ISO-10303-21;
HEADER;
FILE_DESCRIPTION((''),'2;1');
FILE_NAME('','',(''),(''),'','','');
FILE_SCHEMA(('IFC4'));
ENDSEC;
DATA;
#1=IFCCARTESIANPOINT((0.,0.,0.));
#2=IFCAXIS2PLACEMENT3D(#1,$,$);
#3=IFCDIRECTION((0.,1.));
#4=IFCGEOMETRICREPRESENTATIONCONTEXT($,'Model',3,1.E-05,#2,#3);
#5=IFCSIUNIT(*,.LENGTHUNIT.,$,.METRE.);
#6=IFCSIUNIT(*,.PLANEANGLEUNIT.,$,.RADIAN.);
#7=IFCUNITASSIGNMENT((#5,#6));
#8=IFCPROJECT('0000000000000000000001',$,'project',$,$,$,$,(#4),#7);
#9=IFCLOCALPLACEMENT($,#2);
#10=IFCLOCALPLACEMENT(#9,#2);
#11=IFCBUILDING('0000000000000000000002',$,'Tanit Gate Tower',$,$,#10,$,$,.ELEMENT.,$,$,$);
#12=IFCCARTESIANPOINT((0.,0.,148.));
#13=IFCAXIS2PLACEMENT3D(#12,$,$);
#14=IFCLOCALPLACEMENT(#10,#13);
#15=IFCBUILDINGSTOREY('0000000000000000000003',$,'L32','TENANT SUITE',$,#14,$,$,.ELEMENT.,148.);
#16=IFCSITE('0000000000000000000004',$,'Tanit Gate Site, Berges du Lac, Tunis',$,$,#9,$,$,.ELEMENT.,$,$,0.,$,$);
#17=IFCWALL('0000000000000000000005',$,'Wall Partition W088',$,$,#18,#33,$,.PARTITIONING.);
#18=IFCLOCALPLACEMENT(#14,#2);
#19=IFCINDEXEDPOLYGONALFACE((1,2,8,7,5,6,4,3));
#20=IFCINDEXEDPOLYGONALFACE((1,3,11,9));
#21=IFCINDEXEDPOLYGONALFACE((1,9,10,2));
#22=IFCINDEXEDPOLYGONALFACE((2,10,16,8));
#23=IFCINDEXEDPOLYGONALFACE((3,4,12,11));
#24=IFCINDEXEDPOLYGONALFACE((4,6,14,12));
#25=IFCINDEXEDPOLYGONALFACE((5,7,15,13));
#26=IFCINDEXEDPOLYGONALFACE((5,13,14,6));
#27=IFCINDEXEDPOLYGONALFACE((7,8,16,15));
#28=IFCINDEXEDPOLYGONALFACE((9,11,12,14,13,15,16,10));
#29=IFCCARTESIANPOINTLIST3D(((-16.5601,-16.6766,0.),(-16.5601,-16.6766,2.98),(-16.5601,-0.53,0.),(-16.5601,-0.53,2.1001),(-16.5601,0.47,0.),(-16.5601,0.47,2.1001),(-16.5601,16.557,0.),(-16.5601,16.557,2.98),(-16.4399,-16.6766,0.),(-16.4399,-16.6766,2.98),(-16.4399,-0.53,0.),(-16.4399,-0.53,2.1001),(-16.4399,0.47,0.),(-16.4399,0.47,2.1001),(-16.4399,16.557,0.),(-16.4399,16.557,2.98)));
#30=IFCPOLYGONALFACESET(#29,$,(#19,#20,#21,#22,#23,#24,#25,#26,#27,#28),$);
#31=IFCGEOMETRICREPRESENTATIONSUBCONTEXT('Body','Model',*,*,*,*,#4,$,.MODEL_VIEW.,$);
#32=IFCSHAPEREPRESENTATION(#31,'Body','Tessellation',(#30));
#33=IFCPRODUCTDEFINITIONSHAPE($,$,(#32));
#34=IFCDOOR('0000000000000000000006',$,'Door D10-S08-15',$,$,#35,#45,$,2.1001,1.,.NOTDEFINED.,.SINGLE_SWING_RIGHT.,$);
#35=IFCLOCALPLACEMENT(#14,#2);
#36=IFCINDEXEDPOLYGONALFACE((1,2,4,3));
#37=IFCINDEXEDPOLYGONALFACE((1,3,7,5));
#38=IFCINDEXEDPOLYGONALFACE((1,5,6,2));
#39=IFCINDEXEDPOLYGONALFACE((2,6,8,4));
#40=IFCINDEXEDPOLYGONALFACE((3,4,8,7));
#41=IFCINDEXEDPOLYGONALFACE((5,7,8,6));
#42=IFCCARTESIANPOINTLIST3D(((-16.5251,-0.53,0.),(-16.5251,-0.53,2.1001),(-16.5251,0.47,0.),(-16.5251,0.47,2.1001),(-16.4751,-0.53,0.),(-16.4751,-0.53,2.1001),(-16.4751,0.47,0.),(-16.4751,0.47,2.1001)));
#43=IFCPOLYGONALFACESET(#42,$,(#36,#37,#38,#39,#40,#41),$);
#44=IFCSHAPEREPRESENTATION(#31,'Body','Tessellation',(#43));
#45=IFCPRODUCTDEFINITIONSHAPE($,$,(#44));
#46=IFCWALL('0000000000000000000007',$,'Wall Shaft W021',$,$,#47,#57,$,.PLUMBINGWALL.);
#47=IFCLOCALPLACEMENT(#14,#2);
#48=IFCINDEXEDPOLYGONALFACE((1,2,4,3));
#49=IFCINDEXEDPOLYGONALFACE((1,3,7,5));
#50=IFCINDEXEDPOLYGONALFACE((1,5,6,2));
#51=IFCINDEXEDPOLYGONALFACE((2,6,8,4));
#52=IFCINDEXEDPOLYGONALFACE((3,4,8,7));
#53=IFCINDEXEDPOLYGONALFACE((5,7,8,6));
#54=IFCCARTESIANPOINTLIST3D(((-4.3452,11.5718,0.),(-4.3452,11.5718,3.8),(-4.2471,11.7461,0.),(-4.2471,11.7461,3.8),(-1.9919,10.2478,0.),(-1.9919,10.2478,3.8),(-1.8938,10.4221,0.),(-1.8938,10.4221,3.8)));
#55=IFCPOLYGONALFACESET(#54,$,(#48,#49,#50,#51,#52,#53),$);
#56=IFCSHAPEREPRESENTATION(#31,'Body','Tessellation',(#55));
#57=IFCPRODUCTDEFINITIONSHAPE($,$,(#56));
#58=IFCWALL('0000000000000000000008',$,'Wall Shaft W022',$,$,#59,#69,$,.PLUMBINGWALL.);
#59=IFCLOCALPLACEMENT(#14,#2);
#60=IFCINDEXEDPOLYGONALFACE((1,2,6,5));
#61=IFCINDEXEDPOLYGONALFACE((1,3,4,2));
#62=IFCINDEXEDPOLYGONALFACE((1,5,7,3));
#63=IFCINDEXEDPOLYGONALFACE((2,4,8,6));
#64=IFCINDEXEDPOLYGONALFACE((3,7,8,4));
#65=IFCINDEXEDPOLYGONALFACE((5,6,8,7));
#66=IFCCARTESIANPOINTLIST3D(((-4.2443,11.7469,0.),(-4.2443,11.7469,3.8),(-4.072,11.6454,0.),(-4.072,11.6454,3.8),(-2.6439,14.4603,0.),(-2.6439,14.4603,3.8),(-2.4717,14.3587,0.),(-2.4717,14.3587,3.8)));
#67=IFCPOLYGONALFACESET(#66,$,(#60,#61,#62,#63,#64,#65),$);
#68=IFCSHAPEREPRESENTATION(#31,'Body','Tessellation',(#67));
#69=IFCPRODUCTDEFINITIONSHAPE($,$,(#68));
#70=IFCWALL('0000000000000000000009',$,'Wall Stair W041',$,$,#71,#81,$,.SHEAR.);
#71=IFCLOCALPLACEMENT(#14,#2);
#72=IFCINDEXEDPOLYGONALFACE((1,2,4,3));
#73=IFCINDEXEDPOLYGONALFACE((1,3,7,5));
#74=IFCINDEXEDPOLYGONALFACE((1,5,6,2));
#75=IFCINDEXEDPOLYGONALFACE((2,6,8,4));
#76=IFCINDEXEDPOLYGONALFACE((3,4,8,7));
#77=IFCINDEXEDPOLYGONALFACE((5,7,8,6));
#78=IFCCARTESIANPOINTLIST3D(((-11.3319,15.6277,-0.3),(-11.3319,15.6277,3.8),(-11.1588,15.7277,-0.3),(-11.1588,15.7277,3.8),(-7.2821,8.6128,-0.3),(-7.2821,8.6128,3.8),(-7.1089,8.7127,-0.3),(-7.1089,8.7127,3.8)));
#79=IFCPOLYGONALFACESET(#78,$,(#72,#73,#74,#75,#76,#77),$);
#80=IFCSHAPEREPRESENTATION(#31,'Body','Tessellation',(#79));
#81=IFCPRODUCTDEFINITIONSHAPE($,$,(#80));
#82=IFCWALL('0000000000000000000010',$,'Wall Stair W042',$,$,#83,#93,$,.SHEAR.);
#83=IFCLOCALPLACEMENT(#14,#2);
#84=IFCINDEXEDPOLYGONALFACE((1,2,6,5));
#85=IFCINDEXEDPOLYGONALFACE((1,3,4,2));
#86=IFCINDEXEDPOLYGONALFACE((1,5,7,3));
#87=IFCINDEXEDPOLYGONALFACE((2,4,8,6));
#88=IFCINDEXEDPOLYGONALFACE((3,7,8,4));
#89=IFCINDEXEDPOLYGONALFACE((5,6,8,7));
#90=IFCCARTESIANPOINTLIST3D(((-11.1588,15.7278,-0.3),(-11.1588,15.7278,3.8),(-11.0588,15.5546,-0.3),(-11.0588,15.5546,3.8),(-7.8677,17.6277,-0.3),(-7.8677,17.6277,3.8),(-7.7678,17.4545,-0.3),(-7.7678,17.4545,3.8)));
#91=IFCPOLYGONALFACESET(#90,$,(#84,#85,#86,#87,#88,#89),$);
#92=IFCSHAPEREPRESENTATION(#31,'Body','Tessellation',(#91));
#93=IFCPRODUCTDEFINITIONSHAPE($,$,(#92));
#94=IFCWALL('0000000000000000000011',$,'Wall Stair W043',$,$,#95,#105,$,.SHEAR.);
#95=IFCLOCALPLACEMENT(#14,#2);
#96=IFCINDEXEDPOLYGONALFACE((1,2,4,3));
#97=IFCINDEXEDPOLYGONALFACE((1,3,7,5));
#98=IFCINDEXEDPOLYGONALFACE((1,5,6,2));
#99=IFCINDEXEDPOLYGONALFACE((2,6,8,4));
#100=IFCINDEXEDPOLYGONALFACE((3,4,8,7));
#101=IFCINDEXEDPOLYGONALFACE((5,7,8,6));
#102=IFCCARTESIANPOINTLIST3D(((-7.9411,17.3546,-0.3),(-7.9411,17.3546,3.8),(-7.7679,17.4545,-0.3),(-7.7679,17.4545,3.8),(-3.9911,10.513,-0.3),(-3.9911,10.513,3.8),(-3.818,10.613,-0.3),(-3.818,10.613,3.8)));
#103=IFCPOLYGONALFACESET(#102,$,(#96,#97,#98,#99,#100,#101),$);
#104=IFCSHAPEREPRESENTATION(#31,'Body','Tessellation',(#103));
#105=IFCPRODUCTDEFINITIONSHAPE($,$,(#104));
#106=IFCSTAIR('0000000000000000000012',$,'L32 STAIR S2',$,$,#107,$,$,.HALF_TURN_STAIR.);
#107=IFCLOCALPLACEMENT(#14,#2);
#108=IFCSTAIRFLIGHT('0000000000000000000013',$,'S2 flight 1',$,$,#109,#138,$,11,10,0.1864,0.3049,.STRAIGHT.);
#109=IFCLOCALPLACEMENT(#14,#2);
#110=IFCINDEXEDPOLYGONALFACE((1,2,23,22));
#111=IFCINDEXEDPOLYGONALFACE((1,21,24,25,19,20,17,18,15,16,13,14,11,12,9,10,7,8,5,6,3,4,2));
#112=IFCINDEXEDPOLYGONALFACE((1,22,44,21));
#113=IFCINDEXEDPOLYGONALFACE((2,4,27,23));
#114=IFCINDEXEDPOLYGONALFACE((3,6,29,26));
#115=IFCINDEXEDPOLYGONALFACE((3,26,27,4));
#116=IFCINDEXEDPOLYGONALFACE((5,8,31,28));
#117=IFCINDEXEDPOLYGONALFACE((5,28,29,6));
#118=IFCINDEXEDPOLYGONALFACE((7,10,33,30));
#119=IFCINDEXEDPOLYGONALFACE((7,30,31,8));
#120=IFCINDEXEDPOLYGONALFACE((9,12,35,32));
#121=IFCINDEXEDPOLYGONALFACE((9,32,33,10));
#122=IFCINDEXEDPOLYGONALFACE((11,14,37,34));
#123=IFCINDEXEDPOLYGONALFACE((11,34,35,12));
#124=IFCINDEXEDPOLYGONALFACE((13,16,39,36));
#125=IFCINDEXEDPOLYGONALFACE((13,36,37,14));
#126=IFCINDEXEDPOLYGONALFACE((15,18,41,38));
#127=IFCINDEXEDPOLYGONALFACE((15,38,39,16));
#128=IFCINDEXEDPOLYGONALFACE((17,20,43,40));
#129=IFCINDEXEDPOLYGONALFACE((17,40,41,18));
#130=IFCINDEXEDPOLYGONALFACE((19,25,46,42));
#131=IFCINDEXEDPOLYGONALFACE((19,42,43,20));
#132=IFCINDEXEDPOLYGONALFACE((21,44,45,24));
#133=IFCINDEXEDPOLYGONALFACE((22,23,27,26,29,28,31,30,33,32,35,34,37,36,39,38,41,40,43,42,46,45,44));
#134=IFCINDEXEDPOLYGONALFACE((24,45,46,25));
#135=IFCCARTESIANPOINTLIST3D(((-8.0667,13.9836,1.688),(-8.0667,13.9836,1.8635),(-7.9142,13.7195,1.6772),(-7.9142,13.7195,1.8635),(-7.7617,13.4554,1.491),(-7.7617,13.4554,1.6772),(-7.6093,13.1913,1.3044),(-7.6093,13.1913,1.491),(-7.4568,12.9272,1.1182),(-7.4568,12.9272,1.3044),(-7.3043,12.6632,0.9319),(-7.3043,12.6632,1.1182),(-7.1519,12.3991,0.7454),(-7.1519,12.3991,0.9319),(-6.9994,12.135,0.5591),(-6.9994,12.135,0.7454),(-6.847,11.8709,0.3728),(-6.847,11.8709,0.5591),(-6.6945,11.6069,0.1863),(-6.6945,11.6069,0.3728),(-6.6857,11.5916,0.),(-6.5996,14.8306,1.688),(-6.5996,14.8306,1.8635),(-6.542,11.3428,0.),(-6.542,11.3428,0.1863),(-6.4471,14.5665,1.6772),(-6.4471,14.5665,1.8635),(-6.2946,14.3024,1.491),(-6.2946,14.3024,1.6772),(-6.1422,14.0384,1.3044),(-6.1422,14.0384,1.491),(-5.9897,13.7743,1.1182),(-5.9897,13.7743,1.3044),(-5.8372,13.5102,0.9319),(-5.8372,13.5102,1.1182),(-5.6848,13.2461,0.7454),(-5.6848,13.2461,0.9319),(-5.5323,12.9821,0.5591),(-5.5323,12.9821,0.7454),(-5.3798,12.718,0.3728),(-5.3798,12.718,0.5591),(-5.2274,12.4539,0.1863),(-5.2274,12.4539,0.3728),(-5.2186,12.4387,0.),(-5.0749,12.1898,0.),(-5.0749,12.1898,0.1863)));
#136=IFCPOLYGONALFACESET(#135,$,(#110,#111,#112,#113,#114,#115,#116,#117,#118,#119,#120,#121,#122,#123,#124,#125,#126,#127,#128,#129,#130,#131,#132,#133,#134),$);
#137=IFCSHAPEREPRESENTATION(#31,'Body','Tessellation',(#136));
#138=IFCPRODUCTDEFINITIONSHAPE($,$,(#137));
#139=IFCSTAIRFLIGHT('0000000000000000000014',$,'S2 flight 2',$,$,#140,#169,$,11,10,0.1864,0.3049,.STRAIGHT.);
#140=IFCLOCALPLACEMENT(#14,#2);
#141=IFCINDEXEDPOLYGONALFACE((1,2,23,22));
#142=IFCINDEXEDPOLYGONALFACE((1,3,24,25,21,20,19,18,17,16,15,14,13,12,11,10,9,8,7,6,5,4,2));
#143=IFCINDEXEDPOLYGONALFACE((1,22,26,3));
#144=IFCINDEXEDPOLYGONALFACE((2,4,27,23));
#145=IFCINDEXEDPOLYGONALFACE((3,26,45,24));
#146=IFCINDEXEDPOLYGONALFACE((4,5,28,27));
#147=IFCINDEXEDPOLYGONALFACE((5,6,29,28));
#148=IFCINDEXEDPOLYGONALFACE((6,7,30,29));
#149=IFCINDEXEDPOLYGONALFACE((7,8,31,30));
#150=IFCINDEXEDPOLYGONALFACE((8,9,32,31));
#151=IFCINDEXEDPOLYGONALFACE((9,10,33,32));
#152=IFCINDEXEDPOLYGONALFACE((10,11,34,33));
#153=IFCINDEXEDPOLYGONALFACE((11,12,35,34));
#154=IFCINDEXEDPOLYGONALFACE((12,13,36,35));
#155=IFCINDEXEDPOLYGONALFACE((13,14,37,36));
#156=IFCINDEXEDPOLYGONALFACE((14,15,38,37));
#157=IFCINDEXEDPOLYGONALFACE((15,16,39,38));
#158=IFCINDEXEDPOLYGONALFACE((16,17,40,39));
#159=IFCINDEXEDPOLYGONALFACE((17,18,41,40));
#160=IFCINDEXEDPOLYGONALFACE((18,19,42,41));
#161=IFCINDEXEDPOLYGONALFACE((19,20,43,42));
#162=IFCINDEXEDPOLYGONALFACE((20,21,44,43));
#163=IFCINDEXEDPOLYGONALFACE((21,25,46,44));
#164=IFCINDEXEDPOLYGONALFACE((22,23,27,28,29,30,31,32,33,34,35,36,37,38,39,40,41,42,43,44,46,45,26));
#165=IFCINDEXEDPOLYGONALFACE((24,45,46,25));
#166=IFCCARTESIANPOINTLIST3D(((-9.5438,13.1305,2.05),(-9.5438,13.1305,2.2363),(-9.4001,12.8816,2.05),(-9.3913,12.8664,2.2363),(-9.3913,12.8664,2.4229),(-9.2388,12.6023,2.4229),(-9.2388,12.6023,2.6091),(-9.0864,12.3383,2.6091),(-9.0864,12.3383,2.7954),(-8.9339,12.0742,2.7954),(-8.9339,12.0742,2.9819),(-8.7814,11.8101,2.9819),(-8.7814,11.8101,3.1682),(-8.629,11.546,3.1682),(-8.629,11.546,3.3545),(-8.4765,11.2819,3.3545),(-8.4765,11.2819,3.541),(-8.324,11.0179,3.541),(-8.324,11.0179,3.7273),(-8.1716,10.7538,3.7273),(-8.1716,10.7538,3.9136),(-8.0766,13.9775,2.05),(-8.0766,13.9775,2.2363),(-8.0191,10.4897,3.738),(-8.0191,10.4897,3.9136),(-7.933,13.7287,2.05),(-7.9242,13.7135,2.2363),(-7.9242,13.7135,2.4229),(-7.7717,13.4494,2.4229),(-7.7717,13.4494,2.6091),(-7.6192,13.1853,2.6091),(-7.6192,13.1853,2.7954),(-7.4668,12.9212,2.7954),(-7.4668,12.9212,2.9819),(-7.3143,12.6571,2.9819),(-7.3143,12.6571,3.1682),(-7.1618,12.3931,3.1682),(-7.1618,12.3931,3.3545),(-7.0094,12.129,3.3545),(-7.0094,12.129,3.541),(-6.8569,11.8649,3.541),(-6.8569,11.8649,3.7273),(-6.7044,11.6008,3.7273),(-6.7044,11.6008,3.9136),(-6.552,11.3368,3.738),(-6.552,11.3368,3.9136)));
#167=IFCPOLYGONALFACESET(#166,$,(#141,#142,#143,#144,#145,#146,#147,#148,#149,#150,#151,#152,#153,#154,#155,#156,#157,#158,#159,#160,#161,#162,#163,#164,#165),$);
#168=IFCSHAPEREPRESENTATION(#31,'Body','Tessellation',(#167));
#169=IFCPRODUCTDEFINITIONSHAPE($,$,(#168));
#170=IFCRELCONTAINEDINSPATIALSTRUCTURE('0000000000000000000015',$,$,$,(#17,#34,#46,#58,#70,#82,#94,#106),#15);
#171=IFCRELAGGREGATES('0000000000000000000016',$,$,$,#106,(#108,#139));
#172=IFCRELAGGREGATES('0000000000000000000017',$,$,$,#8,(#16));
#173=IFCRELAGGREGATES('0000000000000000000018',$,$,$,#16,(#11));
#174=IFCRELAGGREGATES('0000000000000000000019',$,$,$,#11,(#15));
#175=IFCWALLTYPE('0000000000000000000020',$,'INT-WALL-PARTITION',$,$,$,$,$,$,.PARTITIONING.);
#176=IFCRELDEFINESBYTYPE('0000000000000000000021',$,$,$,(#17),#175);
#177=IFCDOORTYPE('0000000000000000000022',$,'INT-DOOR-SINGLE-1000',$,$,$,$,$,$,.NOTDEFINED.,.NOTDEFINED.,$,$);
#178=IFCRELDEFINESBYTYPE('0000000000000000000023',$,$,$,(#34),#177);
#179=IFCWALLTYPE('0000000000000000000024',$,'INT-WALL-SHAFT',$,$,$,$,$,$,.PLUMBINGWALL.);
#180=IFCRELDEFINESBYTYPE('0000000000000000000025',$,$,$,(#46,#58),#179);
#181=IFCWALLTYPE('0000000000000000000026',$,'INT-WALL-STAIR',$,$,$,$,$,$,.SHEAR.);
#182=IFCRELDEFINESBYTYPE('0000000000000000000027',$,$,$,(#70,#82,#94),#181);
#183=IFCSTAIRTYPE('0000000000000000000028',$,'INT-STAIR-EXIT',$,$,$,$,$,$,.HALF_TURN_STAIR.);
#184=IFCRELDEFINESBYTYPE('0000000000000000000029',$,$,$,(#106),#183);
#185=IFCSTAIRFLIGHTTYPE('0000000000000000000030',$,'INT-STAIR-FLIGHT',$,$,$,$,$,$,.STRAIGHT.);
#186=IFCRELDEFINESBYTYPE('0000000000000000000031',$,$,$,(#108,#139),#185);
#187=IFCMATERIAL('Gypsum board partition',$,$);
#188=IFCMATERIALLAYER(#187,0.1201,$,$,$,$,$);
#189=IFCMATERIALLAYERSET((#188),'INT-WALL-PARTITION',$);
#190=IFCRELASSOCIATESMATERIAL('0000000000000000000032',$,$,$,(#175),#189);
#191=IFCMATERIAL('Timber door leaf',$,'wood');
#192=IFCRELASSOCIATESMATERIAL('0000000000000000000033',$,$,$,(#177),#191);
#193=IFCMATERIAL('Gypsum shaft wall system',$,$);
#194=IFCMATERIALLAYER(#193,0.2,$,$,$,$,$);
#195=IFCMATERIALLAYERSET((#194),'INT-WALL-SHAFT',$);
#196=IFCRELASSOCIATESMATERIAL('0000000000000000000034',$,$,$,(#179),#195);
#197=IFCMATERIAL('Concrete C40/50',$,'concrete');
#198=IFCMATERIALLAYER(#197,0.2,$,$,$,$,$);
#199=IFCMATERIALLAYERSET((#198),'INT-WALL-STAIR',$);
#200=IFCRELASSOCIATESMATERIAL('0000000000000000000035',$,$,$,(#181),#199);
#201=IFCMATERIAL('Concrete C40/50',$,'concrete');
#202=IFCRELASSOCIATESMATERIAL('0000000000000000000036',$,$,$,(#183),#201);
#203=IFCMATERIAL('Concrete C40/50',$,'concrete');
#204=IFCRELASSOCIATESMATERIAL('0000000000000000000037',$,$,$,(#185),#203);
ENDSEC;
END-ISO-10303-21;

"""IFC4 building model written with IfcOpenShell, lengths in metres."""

from ifc_helpers import new_model, si_unit, direction, frame, frame_2d, origin, place, context, subcontext, project, spatial, polyline, rectangle, outline, extrude, material, layer, layer_set, type_object, element, fill, aggregate, save


model = new_model("IFC4")

# Units and contexts
model_context = context("Model", 3, precision=1e-05, world=origin(), true_north=direction((0.0, 1.0)))
body_context = subcontext(model_context, "Body", "Model", "MODEL_VIEW")
ifc_project = project(units=[si_unit("LENGTHUNIT", "METRE"), si_unit("PLANEANGLEUNIT", "RADIAN")], contexts=[model_context])

# Site, building, storey
site_placement = place(None, origin())
site = spatial("IfcSite", under=ifc_project, at=site_placement, Name="Tanit Gate Site, Berges du Lac, Tunis", CompositionType="ELEMENT", RefElevation=0.0)
building_placement = place(site_placement, origin())
building = spatial("IfcBuilding", under=site, at=building_placement, Name="Tanit Gate Tower", CompositionType="ELEMENT")
storey_placement = place(building_placement, frame((0.0, 0.0, 148.0)))
storey = spatial("IfcBuildingStorey", under=building, at=storey_placement, Name="L32", Description="TENANT SUITE", CompositionType="ELEMENT", Elevation=148.0)

# Wall, opening, door
ifc_material_1 = material(Name="Gypsum board partition")
ifc_layer_1 = layer(ifc_material_1, 0.1201)
ifc_layer_set_1 = layer_set([ifc_layer_1], Name="INT-WALL-PARTITION")
wall_type_1 = type_object("IfcWallType", Name="INT-WALL-PARTITION", PredefinedType="PARTITIONING", material=ifc_layer_set_1)
wall_1_placement = place(storey_placement, frame((-16.5, 16.5569, 0.0), z_axis=(0.0, 0.0, 1.0), x_axis=(0.0, -1.0, 0.0)))
wall_1 = element("IfcWall", 1, at=wall_1_placement, inside=storey, type_object=wall_type_1, Name="Wall Partition W088", PredefinedType="PARTITIONING", context=body_context, shape_type="SweptSolid", body=[
    extrude(rectangle(XDim=33.2336, YDim=0.1201, at=frame_2d((16.6167, 0.0))), origin(), (0.0, 0.0, 1.0), 2.98),
])
opening_1_placement = place(wall_1_placement, frame((16.0869, 0.0, 0.0)))
opening_1 = element("IfcOpeningElement", 2, at=opening_1_placement, cuts=wall_1, PredefinedType="OPENING", context=body_context, shape_type="SweptSolid", body=[
    extrude(rectangle(XDim=1.0, YDim=2.1001, at=frame_2d((0.5, 1.05))), frame((0.0, 0.0701, 0.0), z_axis=(0.0, -1.0, 0.0), x_axis=(1.0, 0.0, 0.0)), (0.0, 0.0, 1.0), 0.1401),
])
ifc_material_2 = material(Name="Timber door leaf", Category="wood")
door_type_1 = type_object("IfcDoorType", Name="INT-DOOR-SINGLE-1000", OperationType="NOTDEFINED", PredefinedType="NOTDEFINED", material=ifc_material_2)
door_1_placement = place(opening_1_placement, origin())
door_1 = element("IfcDoor", 3, at=door_1_placement, inside=storey, type_object=door_type_1, Name="Door D10-S08-15", OperationType="SINGLE_SWING_RIGHT", OverallHeight=2.1001, OverallWidth=1.0, PredefinedType="NOTDEFINED", context=body_context, shape_type="SweptSolid", body=[
    extrude(rectangle(XDim=1.0, YDim=2.1001, at=frame_2d((0.5, 1.05))), frame((0.0, 0.0249, 0.0), z_axis=(0.0, -1.0, 0.0), x_axis=(1.0, 0.0, 0.0)), (0.0, 0.0, 1.0), 0.05),
])
fill(opening_1, door_1)

# Walls
ifc_material_3 = material(Name="Gypsum shaft wall system")
ifc_layer_2 = layer(ifc_material_3, 0.2)
ifc_layer_set_2 = layer_set([ifc_layer_2], Name="INT-WALL-SHAFT")
wall_type_2 = type_object("IfcWallType", Name="INT-WALL-SHAFT", PredefinedType="PLUMBINGWALL", material=ifc_layer_set_2)
wall_2_placement = place(storey_placement, frame((-4.2961, 11.6589, 0.0), z_axis=(0.0, 0.0, 1.0), x_axis=(0.871534, -0.490334, 0.0)))
element("IfcWall", 4, at=wall_2_placement, inside=storey, type_object=wall_type_2, Name="Wall Shaft W021", PredefinedType="PLUMBINGWALL", context=body_context, shape_type="SweptSolid", body=[
    extrude(rectangle(XDim=2.7002, YDim=0.2, at=frame_2d((1.3501, 0.0))), origin(), (0.0, 0.0, 1.0), 3.8),
])
wall_3_placement = place(storey_placement, frame((-4.1582, 11.696, 0.0), z_axis=(0.0, 0.0, 1.0), x_axis=(0.508019, 0.861346, 0.0)))
element("IfcWall", 5, at=wall_3_placement, inside=storey, type_object=wall_type_2, Name="Wall Shaft W022", PredefinedType="PLUMBINGWALL", context=body_context, shape_type="SweptSolid", body=[
    extrude(rectangle(XDim=3.1501, YDim=0.2, at=frame_2d((1.5752, 0.0))), origin(), (0.0, 0.0, 1.0), 3.8),
])
ifc_material_4 = material(Name="Concrete C40/50", Category="concrete")
ifc_layer_3 = layer(ifc_material_4, 0.2)
ifc_layer_set_3 = layer_set([ifc_layer_3], Name="INT-WALL-STAIR")
wall_type_3 = type_object("IfcWallType", Name="INT-WALL-STAIR", PredefinedType="SHEAR", material=ifc_layer_set_3)
wall_4_placement = place(storey_placement, frame((-11.2454, 15.6777, -0.3), z_axis=(0.0, 0.0, 1.0), x_axis=(0.499977, -0.866039, 0.0)))
element("IfcWall", 6, at=wall_4_placement, inside=storey, type_object=wall_type_3, Name="Wall Stair W041", PredefinedType="SHEAR", context=body_context, shape_type="SweptSolid", body=[
    extrude(rectangle(XDim=8.1001, YDim=0.2, at=frame_2d((4.05, 0.0))), origin(), (0.0, 0.0, 1.0), 4.1001),
])
wall_5_placement = place(storey_placement, frame((-7.8179, 17.541, -0.3), z_axis=(0.0, 0.0, 1.0), x_axis=(-0.866044, -0.499967, 0.0)))
element("IfcWall", 7, at=wall_5_placement, inside=storey, type_object=wall_type_3, Name="Wall Stair W042", PredefinedType="SHEAR", context=body_context, shape_type="SweptSolid", body=[
    extrude(rectangle(XDim=3.8, YDim=0.2, at=frame_2d((1.8999, 0.0))), origin(), (0.0, 0.0, 1.0), 4.1001),
])
wall_6_placement = place(storey_placement, frame((-7.8545, 17.4045, -0.3), z_axis=(0.0, 0.0, 1.0), x_axis=(0.499998, -0.866027, 0.0)))
element("IfcWall", 8, at=wall_6_placement, inside=storey, type_object=wall_type_3, Name="Wall Stair W043", PredefinedType="SHEAR", context=body_context, shape_type="SweptSolid", body=[
    extrude(rectangle(XDim=7.8999, YDim=0.2, at=frame_2d((3.95, 0.0))), origin(), (0.0, 0.0, 1.0), 4.1001),
])

# Stair, stair flights
ifc_material_5 = material(Name="Concrete C40/50", Category="concrete")
stair_type = type_object("IfcStairType", Name="INT-STAIR-EXIT", PredefinedType="HALF_TURN_STAIR", material=ifc_material_5)
stair_placement = place(storey_placement, origin())
stair = element("IfcStair", 9, at=stair_placement, inside=storey, type_object=stair_type, Name="L32 STAIR S2", PredefinedType="HALF_TURN_STAIR")
ifc_material_6 = material(Name="Concrete C40/50", Category="concrete")
stair_flight_type = type_object("IfcStairFlightType", Name="INT-STAIR-FLIGHT", PredefinedType="STRAIGHT", material=ifc_material_6)
stair_flight_1_placement = place(storey_placement, frame((-5.8083, 11.7664, 0.0), z_axis=(0.0, 0.0, 1.0), x_axis=(-0.5, 0.866025, 0.0)))
stair_flight_1 = element("IfcStairFlight", 10, at=stair_flight_1_placement, type_object=stair_flight_type, Name="S2 flight 1", NumberOfRisers=11, NumberOfTreads=10, PredefinedType="STRAIGHT", RiserHeight=0.1864, TreadLength=0.3049, context=body_context, shape_type="SweptSolid", body=[
    extrude(outline(polyline([(0.0, 0.0), (0.0, 0.1863), (0.3049, 0.1863), (0.3049, 0.3728), (0.6099, 0.3728), (0.6099, 0.5591), (0.9148, 0.5591), (0.9148, 0.7454), (1.2197, 0.7454), (1.2197, 0.9319), (1.5247, 0.9319), (1.5247, 1.1182), (1.8296, 1.1182), (1.8296, 1.3044), (2.1345, 1.3044), (2.1345, 1.491), (2.4395, 1.491), (2.4395, 1.6772), (2.7444, 1.6772), (2.7444, 1.8635), (3.0493, 1.8635), (3.0493, 2.05), (3.0493, 1.688), (0.2874, 0.0), (0.0, 0.0)])), frame((0.0, 0.8472, 0.0), z_axis=(0.0, -1.0, 0.0), x_axis=(1.0, 0.0, 0.0)), (0.0, 0.0, 1.0), 1.6941),
])
stair_flight_2_placement = place(storey_placement, frame((-8.8103, 13.554, 2.05), z_axis=(0.0, 0.0, 1.0), x_axis=(0.5, -0.866025, 0.0)))
stair_flight_2 = element("IfcStairFlight", 11, at=stair_flight_2_placement, type_object=stair_flight_type, Name="S2 flight 2", NumberOfRisers=11, NumberOfTreads=10, PredefinedType="STRAIGHT", RiserHeight=0.1864, TreadLength=0.3049, context=body_context, shape_type="SweptSolid", body=[
    extrude(outline(polyline([(0.0, 0.0), (0.0, 0.1863), (0.3049, 0.1863), (0.3049, 0.3728), (0.6099, 0.3728), (0.6099, 0.5591), (0.9148, 0.5591), (0.9148, 0.7454), (1.2197, 0.7454), (1.2197, 0.9319), (1.5247, 0.9319), (1.5247, 1.1182), (1.8296, 1.1182), (1.8296, 1.3044), (2.1345, 1.3044), (2.1345, 1.491), (2.4395, 1.491), (2.4395, 1.6772), (2.7444, 1.6772), (2.7444, 1.8635), (3.0493, 1.8635), (3.0493, 2.05), (3.0493, 1.688), (0.2874, 0.0), (0.0, 0.0)])), frame((0.0, 0.8472, 0.0), z_axis=(0.0, -1.0, 0.0), x_axis=(1.0, 0.0, 0.0)), (0.0, 0.0, 1.0), 1.6941),
])
aggregate(stair, [stair_flight_1, stair_flight_2])

save(model, "model.ifc")
